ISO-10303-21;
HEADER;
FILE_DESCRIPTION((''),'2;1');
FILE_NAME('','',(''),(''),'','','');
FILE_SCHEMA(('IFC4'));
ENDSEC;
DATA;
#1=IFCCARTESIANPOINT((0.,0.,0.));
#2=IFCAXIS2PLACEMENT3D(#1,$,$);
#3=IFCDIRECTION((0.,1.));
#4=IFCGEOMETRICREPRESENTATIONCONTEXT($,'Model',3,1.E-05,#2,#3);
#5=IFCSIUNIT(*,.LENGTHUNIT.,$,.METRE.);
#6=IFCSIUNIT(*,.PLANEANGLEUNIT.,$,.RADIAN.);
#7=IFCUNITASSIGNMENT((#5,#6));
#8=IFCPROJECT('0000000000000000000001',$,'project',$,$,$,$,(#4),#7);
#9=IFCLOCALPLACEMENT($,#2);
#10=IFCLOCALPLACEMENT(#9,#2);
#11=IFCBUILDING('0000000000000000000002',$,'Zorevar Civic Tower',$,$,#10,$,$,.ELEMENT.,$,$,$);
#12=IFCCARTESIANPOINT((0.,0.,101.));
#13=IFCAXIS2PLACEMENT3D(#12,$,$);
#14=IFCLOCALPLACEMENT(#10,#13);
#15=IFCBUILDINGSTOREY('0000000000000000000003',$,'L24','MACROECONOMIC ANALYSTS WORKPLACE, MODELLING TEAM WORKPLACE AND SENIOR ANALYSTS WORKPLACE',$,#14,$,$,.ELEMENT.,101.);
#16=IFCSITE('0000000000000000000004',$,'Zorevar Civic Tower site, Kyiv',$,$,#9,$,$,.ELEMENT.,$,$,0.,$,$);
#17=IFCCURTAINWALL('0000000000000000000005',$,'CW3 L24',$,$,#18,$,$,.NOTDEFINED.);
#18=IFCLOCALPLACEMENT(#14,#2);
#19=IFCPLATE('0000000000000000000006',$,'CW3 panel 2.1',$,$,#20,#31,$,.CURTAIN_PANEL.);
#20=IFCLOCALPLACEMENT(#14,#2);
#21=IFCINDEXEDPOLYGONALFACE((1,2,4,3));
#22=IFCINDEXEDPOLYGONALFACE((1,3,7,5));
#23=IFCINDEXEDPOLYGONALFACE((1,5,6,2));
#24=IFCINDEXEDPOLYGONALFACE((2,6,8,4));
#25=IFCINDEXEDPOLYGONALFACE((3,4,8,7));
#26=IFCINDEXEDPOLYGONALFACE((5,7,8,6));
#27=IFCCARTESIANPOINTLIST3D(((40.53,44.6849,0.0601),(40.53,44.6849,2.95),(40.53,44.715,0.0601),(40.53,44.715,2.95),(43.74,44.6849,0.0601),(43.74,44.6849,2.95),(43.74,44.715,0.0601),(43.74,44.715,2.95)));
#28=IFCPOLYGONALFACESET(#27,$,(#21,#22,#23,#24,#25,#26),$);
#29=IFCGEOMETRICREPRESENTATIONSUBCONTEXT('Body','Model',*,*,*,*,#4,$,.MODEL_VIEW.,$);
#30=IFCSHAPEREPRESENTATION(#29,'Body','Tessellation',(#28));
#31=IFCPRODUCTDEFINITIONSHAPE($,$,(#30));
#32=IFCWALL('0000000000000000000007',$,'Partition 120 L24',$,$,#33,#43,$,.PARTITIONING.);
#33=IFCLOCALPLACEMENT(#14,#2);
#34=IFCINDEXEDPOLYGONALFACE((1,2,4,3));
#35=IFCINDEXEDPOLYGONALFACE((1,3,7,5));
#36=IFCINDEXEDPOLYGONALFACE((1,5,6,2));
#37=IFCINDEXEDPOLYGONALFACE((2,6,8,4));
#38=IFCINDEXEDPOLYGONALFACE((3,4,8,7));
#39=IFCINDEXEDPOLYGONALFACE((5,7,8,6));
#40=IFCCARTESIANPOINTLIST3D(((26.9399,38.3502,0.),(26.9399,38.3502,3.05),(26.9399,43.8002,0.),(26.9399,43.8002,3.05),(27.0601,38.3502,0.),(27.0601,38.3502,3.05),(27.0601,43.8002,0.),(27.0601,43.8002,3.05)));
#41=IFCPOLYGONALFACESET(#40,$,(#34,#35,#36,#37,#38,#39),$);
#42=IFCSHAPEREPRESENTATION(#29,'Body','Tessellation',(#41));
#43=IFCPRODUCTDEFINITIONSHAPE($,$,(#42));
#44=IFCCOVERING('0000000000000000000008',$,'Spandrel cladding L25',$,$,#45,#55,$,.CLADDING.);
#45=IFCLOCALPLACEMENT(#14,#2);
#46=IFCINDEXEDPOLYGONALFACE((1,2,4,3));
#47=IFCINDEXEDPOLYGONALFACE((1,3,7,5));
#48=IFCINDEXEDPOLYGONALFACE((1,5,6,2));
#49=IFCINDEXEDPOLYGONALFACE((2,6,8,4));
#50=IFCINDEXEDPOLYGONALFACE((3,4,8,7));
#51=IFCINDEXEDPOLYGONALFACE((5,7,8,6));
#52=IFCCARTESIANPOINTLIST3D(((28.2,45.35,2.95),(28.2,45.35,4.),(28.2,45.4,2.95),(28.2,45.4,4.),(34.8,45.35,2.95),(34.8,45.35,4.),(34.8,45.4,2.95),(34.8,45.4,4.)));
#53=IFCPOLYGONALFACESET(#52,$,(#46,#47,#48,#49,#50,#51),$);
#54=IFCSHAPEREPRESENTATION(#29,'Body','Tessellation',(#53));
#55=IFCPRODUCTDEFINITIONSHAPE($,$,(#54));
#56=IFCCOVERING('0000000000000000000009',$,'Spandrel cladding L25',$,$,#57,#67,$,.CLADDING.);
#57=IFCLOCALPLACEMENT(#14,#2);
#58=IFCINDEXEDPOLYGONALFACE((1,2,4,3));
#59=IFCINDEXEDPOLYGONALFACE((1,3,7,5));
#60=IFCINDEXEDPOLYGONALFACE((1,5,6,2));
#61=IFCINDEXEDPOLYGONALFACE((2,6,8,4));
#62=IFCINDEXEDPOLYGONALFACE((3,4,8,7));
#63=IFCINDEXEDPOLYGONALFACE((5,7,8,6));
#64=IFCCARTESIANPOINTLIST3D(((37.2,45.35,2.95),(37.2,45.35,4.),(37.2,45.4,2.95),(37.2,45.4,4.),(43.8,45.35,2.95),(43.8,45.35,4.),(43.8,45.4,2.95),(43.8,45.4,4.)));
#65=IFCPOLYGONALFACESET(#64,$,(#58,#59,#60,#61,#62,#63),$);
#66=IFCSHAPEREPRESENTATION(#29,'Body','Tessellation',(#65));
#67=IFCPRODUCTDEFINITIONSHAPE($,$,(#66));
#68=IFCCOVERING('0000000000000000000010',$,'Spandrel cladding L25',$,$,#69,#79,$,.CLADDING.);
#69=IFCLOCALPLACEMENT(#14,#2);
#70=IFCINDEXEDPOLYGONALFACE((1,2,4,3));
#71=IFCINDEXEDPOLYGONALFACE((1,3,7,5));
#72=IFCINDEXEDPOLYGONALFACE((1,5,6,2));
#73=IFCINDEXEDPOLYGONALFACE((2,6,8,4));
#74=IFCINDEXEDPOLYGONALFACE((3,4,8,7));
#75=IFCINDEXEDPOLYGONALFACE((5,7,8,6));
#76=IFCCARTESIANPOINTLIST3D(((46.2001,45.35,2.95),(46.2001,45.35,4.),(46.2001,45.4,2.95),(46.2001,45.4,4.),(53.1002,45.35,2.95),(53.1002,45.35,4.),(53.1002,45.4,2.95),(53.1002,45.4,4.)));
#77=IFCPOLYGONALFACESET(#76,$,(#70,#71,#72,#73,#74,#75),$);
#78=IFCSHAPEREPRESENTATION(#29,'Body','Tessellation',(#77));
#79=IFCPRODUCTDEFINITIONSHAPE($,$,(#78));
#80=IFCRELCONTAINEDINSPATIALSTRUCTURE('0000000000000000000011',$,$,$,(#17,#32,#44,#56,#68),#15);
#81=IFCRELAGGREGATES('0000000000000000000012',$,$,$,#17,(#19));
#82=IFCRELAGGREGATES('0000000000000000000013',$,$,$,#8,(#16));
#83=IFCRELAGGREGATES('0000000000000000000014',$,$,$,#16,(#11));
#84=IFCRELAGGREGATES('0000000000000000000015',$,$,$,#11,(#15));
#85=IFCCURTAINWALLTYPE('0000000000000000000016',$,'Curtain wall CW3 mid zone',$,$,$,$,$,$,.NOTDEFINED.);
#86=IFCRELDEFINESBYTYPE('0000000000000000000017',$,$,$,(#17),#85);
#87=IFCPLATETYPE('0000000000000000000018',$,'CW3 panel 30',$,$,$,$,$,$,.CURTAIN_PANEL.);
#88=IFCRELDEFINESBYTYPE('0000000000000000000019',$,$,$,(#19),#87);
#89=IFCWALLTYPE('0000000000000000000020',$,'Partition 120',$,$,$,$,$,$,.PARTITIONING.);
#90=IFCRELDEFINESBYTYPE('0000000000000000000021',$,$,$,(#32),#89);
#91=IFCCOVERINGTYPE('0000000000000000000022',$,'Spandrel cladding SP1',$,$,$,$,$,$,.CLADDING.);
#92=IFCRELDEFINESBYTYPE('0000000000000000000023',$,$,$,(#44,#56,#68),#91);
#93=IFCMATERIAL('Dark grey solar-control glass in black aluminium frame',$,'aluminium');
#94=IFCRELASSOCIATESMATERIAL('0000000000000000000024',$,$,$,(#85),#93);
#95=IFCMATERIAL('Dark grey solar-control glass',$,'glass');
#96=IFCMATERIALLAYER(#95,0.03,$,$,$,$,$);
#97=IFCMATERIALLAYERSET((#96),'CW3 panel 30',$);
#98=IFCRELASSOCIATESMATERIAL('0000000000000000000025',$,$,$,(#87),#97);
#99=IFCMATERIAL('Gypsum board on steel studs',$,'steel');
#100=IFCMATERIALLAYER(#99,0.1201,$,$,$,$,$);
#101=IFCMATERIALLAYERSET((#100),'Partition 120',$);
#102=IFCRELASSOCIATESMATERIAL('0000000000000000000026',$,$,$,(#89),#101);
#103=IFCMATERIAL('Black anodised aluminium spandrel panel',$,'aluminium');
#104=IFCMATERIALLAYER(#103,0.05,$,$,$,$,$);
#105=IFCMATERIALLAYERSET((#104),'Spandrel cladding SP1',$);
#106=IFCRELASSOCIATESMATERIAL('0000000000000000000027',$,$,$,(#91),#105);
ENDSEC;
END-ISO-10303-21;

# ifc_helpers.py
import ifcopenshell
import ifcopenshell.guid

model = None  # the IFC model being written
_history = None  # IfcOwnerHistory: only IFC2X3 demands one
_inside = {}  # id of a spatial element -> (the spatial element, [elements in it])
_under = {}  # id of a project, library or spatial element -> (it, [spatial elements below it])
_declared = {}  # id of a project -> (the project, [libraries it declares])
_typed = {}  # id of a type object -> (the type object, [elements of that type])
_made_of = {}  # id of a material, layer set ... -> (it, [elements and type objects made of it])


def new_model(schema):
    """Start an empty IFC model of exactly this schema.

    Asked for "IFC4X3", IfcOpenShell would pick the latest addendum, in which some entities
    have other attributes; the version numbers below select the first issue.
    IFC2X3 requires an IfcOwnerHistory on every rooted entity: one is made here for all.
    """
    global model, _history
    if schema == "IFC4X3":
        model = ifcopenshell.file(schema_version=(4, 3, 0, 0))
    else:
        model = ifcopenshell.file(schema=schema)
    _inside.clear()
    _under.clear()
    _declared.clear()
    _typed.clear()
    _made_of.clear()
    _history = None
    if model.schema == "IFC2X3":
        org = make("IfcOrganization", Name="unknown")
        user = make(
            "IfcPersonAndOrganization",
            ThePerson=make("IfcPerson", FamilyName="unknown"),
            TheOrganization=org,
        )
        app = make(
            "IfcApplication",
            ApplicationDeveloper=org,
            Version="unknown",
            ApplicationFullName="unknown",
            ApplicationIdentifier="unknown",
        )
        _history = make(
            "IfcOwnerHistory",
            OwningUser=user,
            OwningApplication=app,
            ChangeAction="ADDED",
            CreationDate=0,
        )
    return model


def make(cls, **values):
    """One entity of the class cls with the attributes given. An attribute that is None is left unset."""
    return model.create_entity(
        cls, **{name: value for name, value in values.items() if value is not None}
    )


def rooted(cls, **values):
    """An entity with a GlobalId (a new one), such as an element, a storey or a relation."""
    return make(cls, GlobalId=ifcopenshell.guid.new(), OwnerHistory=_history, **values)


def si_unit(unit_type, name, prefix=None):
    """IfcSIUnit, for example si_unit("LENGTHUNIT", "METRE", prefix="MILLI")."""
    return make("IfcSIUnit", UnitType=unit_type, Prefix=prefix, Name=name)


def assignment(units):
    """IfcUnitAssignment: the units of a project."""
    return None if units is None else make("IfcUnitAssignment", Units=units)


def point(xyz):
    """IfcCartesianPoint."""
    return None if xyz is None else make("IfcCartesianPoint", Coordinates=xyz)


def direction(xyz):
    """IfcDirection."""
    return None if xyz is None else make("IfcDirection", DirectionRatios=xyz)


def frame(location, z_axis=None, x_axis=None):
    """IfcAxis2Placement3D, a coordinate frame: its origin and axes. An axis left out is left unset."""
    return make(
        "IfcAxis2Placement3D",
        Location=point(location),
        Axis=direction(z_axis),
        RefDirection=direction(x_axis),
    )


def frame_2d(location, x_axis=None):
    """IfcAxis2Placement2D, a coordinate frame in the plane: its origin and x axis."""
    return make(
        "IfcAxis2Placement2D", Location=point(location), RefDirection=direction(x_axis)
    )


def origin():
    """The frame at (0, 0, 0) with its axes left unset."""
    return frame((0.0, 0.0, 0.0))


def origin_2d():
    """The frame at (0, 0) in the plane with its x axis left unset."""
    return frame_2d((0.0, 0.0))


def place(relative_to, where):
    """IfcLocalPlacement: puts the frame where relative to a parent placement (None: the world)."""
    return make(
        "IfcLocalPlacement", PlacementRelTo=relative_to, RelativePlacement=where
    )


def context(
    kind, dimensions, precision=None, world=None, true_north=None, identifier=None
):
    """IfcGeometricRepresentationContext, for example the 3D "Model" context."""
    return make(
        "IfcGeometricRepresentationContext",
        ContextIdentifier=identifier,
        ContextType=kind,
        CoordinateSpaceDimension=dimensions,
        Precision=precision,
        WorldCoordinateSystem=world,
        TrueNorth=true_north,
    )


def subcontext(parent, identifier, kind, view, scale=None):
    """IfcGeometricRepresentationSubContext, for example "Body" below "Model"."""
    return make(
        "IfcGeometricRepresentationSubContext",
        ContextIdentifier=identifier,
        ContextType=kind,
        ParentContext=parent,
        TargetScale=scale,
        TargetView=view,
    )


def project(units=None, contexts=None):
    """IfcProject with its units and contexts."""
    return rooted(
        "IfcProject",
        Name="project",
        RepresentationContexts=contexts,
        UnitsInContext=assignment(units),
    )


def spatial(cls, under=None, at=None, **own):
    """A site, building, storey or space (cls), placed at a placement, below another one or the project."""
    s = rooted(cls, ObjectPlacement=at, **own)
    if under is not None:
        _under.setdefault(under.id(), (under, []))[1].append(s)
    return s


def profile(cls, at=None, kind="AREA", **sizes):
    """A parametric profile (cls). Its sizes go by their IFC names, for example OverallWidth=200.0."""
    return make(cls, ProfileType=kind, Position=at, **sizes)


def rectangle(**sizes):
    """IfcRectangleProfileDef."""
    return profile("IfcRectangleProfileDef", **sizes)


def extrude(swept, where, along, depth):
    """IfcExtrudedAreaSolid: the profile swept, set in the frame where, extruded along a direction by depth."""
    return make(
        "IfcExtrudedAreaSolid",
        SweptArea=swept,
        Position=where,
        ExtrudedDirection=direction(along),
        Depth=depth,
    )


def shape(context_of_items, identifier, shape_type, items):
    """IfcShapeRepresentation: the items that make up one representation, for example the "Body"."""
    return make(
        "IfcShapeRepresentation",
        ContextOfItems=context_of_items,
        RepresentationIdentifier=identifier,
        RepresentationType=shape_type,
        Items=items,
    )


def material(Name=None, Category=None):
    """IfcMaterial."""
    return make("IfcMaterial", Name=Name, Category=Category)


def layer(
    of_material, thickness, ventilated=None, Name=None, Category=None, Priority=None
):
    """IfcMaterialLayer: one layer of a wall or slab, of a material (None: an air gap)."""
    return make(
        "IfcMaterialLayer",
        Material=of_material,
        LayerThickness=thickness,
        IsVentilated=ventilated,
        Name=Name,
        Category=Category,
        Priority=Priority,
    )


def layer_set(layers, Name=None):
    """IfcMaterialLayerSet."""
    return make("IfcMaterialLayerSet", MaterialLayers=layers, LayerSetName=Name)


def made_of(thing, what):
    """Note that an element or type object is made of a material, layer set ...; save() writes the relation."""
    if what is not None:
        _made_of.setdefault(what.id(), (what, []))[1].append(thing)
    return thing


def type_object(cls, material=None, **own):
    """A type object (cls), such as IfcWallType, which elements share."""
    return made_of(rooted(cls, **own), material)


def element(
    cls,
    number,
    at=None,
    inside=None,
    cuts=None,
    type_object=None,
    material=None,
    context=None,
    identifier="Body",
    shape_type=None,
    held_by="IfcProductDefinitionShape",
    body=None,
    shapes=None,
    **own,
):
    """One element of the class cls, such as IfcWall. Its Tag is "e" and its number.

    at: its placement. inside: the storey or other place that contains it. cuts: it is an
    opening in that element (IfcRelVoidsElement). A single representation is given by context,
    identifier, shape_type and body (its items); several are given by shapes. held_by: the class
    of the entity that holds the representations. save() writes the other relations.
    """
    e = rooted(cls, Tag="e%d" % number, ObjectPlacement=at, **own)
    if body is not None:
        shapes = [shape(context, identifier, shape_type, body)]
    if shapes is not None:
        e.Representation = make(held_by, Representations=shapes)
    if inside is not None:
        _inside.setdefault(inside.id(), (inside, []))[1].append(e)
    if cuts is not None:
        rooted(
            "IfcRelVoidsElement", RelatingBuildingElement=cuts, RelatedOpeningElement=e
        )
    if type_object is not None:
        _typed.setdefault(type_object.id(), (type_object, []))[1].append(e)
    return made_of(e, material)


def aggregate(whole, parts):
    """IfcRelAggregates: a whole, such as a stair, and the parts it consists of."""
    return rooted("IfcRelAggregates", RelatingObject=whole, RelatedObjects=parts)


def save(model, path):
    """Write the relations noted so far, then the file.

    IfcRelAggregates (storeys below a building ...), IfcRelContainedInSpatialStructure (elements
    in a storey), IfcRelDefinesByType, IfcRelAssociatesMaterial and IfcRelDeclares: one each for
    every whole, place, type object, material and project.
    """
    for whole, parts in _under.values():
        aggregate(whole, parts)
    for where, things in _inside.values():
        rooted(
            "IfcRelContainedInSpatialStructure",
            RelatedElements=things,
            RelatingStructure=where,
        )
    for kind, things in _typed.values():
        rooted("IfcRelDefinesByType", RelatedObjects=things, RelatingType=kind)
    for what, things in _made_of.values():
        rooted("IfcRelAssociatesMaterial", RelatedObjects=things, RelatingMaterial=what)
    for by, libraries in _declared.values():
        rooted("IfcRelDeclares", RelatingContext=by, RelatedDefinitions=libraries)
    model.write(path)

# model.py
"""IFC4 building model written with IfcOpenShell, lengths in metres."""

from ifc_helpers import new_model, si_unit, direction, frame, frame_2d, origin, origin_2d, place, context, subcontext, project, spatial, rectangle, extrude, material, layer, layer_set, type_object, element, aggregate, save


model = new_model("IFC4")

# Units and contexts
model_context = context("Model", 3, precision=1e-05, world=origin(), true_north=direction((0.0, 1.0)))
body_context = subcontext(model_context, "Body", "Model", "MODEL_VIEW")
ifc_project = project(units=[si_unit("LENGTHUNIT", "METRE"), si_unit("PLANEANGLEUNIT", "RADIAN")], contexts=[model_context])

# Site, building, storey
site_placement = place(None, origin())
site = spatial("IfcSite", under=ifc_project, at=site_placement, Name="Zorevar Civic Tower site, Kyiv", CompositionType="ELEMENT", RefElevation=0.0)
building_placement = place(site_placement, origin())
building = spatial("IfcBuilding", under=site, at=building_placement, Name="Zorevar Civic Tower", CompositionType="ELEMENT")
storey_placement = place(building_placement, frame((0.0, 0.0, 101.0)))
storey = spatial("IfcBuildingStorey", under=building, at=storey_placement, Name="L24", Description="MACROECONOMIC ANALYSTS WORKPLACE, MODELLING TEAM WORKPLACE AND SENIOR ANALYSTS WORKPLACE", CompositionType="ELEMENT", Elevation=101.0)

# Curtain wall
ifc_material_1 = material(Name="Dark grey solar-control glass in black aluminium frame", Category="aluminium")
curtain_wall_type = type_object("IfcCurtainWallType", Name="Curtain wall CW3 mid zone", PredefinedType="NOTDEFINED", material=ifc_material_1)
curtain_wall_1_placement = place(storey_placement, origin())
curtain_wall_1 = element("IfcCurtainWall", 1, at=curtain_wall_1_placement, inside=storey, type_object=curtain_wall_type, Name="CW3 L24", PredefinedType="NOTDEFINED")

# Plate
ifc_material_2 = material(Name="Dark grey solar-control glass", Category="glass")
ifc_layer_1 = layer(ifc_material_2, 0.03)
ifc_layer_set_1 = layer_set([ifc_layer_1], Name="CW3 panel 30")
plate_type = type_object("IfcPlateType", Name="CW3 panel 30", PredefinedType="CURTAIN_PANEL", material=ifc_layer_set_1)
plate_1_placement = place(storey_placement, frame((42.135, 44.7, 0.0601), z_axis=(0.0, 0.0, 1.0), x_axis=(1.0, 0.0, 0.0)))
plate_1 = element("IfcPlate", 2, at=plate_1_placement, type_object=plate_type, Name="CW3 panel 2.1", PredefinedType="CURTAIN_PANEL", context=body_context, shape_type="SweptSolid", body=[
    extrude(rectangle(XDim=3.21, YDim=0.03, at=origin_2d()), origin(), (0.0, 0.0, 1.0), 2.8899),
])
aggregate(curtain_wall_1, [plate_1])

# Wall
ifc_material_3 = material(Name="Gypsum board on steel studs", Category="steel")
ifc_layer_2 = layer(ifc_material_3, 0.1201)
ifc_layer_set_2 = layer_set([ifc_layer_2], Name="Partition 120")
wall_type = type_object("IfcWallType", Name="Partition 120", PredefinedType="PARTITIONING", material=ifc_layer_set_2)
wall_placement = place(storey_placement, frame((27.0, 38.3501, 0.0), z_axis=(0.0, 0.0, 1.0), x_axis=(0.0, 1.0, 0.0)))
element("IfcWall", 3, at=wall_placement, inside=storey, type_object=wall_type, Name="Partition 120 L24", PredefinedType="PARTITIONING", context=body_context, shape_type="SweptSolid", body=[
    extrude(rectangle(XDim=5.45, YDim=0.1201, at=frame_2d((2.7251, 0.0))), origin(), (0.0, 0.0, 1.0), 3.05),
])

# Coverings
ifc_material_4 = material(Name="Black anodised aluminium spandrel panel", Category="aluminium")
ifc_layer_3 = layer(ifc_material_4, 0.05)
ifc_layer_set_3 = layer_set([ifc_layer_3], Name="Spandrel cladding SP1")
covering_type = type_object("IfcCoveringType", Name="Spandrel cladding SP1", PredefinedType="CLADDING", material=ifc_layer_set_3)
for number, where, z_axis, x_axis, name in (
    (4, (28.2, 45.375, 2.95), (0.0, 0.0, 1.0), (1.0, 0.0, 0.0), "Spandrel cladding L25"),
    (5, (37.2, 45.375, 2.95), (0.0, 0.0, 1.0), (1.0, 0.0, 0.0), "Spandrel cladding L25"),
):
    element("IfcCovering", number, at=place(storey_placement, frame(where, z_axis=z_axis, x_axis=x_axis)), inside=storey, type_object=covering_type, Name=name, PredefinedType="CLADDING", context=body_context, shape_type="SweptSolid", body=[
        extrude(rectangle(XDim=6.6001, YDim=0.05, at=frame_2d((3.3, 0.0))), origin(), (0.0, 0.0, 1.0), 1.05),
    ])
covering_placement = place(storey_placement, frame((46.2, 45.375, 2.95), z_axis=(0.0, 0.0, 1.0), x_axis=(1.0, 0.0, 0.0)))
element("IfcCovering", 6, at=covering_placement, inside=storey, type_object=covering_type, Name="Spandrel cladding L25", PredefinedType="CLADDING", context=body_context, shape_type="SweptSolid", body=[
    extrude(rectangle(XDim=6.9001, YDim=0.05, at=frame_2d((3.4502, 0.0))), origin(), (0.0, 0.0, 1.0), 1.05),
])

save(model, "model.ifc")
